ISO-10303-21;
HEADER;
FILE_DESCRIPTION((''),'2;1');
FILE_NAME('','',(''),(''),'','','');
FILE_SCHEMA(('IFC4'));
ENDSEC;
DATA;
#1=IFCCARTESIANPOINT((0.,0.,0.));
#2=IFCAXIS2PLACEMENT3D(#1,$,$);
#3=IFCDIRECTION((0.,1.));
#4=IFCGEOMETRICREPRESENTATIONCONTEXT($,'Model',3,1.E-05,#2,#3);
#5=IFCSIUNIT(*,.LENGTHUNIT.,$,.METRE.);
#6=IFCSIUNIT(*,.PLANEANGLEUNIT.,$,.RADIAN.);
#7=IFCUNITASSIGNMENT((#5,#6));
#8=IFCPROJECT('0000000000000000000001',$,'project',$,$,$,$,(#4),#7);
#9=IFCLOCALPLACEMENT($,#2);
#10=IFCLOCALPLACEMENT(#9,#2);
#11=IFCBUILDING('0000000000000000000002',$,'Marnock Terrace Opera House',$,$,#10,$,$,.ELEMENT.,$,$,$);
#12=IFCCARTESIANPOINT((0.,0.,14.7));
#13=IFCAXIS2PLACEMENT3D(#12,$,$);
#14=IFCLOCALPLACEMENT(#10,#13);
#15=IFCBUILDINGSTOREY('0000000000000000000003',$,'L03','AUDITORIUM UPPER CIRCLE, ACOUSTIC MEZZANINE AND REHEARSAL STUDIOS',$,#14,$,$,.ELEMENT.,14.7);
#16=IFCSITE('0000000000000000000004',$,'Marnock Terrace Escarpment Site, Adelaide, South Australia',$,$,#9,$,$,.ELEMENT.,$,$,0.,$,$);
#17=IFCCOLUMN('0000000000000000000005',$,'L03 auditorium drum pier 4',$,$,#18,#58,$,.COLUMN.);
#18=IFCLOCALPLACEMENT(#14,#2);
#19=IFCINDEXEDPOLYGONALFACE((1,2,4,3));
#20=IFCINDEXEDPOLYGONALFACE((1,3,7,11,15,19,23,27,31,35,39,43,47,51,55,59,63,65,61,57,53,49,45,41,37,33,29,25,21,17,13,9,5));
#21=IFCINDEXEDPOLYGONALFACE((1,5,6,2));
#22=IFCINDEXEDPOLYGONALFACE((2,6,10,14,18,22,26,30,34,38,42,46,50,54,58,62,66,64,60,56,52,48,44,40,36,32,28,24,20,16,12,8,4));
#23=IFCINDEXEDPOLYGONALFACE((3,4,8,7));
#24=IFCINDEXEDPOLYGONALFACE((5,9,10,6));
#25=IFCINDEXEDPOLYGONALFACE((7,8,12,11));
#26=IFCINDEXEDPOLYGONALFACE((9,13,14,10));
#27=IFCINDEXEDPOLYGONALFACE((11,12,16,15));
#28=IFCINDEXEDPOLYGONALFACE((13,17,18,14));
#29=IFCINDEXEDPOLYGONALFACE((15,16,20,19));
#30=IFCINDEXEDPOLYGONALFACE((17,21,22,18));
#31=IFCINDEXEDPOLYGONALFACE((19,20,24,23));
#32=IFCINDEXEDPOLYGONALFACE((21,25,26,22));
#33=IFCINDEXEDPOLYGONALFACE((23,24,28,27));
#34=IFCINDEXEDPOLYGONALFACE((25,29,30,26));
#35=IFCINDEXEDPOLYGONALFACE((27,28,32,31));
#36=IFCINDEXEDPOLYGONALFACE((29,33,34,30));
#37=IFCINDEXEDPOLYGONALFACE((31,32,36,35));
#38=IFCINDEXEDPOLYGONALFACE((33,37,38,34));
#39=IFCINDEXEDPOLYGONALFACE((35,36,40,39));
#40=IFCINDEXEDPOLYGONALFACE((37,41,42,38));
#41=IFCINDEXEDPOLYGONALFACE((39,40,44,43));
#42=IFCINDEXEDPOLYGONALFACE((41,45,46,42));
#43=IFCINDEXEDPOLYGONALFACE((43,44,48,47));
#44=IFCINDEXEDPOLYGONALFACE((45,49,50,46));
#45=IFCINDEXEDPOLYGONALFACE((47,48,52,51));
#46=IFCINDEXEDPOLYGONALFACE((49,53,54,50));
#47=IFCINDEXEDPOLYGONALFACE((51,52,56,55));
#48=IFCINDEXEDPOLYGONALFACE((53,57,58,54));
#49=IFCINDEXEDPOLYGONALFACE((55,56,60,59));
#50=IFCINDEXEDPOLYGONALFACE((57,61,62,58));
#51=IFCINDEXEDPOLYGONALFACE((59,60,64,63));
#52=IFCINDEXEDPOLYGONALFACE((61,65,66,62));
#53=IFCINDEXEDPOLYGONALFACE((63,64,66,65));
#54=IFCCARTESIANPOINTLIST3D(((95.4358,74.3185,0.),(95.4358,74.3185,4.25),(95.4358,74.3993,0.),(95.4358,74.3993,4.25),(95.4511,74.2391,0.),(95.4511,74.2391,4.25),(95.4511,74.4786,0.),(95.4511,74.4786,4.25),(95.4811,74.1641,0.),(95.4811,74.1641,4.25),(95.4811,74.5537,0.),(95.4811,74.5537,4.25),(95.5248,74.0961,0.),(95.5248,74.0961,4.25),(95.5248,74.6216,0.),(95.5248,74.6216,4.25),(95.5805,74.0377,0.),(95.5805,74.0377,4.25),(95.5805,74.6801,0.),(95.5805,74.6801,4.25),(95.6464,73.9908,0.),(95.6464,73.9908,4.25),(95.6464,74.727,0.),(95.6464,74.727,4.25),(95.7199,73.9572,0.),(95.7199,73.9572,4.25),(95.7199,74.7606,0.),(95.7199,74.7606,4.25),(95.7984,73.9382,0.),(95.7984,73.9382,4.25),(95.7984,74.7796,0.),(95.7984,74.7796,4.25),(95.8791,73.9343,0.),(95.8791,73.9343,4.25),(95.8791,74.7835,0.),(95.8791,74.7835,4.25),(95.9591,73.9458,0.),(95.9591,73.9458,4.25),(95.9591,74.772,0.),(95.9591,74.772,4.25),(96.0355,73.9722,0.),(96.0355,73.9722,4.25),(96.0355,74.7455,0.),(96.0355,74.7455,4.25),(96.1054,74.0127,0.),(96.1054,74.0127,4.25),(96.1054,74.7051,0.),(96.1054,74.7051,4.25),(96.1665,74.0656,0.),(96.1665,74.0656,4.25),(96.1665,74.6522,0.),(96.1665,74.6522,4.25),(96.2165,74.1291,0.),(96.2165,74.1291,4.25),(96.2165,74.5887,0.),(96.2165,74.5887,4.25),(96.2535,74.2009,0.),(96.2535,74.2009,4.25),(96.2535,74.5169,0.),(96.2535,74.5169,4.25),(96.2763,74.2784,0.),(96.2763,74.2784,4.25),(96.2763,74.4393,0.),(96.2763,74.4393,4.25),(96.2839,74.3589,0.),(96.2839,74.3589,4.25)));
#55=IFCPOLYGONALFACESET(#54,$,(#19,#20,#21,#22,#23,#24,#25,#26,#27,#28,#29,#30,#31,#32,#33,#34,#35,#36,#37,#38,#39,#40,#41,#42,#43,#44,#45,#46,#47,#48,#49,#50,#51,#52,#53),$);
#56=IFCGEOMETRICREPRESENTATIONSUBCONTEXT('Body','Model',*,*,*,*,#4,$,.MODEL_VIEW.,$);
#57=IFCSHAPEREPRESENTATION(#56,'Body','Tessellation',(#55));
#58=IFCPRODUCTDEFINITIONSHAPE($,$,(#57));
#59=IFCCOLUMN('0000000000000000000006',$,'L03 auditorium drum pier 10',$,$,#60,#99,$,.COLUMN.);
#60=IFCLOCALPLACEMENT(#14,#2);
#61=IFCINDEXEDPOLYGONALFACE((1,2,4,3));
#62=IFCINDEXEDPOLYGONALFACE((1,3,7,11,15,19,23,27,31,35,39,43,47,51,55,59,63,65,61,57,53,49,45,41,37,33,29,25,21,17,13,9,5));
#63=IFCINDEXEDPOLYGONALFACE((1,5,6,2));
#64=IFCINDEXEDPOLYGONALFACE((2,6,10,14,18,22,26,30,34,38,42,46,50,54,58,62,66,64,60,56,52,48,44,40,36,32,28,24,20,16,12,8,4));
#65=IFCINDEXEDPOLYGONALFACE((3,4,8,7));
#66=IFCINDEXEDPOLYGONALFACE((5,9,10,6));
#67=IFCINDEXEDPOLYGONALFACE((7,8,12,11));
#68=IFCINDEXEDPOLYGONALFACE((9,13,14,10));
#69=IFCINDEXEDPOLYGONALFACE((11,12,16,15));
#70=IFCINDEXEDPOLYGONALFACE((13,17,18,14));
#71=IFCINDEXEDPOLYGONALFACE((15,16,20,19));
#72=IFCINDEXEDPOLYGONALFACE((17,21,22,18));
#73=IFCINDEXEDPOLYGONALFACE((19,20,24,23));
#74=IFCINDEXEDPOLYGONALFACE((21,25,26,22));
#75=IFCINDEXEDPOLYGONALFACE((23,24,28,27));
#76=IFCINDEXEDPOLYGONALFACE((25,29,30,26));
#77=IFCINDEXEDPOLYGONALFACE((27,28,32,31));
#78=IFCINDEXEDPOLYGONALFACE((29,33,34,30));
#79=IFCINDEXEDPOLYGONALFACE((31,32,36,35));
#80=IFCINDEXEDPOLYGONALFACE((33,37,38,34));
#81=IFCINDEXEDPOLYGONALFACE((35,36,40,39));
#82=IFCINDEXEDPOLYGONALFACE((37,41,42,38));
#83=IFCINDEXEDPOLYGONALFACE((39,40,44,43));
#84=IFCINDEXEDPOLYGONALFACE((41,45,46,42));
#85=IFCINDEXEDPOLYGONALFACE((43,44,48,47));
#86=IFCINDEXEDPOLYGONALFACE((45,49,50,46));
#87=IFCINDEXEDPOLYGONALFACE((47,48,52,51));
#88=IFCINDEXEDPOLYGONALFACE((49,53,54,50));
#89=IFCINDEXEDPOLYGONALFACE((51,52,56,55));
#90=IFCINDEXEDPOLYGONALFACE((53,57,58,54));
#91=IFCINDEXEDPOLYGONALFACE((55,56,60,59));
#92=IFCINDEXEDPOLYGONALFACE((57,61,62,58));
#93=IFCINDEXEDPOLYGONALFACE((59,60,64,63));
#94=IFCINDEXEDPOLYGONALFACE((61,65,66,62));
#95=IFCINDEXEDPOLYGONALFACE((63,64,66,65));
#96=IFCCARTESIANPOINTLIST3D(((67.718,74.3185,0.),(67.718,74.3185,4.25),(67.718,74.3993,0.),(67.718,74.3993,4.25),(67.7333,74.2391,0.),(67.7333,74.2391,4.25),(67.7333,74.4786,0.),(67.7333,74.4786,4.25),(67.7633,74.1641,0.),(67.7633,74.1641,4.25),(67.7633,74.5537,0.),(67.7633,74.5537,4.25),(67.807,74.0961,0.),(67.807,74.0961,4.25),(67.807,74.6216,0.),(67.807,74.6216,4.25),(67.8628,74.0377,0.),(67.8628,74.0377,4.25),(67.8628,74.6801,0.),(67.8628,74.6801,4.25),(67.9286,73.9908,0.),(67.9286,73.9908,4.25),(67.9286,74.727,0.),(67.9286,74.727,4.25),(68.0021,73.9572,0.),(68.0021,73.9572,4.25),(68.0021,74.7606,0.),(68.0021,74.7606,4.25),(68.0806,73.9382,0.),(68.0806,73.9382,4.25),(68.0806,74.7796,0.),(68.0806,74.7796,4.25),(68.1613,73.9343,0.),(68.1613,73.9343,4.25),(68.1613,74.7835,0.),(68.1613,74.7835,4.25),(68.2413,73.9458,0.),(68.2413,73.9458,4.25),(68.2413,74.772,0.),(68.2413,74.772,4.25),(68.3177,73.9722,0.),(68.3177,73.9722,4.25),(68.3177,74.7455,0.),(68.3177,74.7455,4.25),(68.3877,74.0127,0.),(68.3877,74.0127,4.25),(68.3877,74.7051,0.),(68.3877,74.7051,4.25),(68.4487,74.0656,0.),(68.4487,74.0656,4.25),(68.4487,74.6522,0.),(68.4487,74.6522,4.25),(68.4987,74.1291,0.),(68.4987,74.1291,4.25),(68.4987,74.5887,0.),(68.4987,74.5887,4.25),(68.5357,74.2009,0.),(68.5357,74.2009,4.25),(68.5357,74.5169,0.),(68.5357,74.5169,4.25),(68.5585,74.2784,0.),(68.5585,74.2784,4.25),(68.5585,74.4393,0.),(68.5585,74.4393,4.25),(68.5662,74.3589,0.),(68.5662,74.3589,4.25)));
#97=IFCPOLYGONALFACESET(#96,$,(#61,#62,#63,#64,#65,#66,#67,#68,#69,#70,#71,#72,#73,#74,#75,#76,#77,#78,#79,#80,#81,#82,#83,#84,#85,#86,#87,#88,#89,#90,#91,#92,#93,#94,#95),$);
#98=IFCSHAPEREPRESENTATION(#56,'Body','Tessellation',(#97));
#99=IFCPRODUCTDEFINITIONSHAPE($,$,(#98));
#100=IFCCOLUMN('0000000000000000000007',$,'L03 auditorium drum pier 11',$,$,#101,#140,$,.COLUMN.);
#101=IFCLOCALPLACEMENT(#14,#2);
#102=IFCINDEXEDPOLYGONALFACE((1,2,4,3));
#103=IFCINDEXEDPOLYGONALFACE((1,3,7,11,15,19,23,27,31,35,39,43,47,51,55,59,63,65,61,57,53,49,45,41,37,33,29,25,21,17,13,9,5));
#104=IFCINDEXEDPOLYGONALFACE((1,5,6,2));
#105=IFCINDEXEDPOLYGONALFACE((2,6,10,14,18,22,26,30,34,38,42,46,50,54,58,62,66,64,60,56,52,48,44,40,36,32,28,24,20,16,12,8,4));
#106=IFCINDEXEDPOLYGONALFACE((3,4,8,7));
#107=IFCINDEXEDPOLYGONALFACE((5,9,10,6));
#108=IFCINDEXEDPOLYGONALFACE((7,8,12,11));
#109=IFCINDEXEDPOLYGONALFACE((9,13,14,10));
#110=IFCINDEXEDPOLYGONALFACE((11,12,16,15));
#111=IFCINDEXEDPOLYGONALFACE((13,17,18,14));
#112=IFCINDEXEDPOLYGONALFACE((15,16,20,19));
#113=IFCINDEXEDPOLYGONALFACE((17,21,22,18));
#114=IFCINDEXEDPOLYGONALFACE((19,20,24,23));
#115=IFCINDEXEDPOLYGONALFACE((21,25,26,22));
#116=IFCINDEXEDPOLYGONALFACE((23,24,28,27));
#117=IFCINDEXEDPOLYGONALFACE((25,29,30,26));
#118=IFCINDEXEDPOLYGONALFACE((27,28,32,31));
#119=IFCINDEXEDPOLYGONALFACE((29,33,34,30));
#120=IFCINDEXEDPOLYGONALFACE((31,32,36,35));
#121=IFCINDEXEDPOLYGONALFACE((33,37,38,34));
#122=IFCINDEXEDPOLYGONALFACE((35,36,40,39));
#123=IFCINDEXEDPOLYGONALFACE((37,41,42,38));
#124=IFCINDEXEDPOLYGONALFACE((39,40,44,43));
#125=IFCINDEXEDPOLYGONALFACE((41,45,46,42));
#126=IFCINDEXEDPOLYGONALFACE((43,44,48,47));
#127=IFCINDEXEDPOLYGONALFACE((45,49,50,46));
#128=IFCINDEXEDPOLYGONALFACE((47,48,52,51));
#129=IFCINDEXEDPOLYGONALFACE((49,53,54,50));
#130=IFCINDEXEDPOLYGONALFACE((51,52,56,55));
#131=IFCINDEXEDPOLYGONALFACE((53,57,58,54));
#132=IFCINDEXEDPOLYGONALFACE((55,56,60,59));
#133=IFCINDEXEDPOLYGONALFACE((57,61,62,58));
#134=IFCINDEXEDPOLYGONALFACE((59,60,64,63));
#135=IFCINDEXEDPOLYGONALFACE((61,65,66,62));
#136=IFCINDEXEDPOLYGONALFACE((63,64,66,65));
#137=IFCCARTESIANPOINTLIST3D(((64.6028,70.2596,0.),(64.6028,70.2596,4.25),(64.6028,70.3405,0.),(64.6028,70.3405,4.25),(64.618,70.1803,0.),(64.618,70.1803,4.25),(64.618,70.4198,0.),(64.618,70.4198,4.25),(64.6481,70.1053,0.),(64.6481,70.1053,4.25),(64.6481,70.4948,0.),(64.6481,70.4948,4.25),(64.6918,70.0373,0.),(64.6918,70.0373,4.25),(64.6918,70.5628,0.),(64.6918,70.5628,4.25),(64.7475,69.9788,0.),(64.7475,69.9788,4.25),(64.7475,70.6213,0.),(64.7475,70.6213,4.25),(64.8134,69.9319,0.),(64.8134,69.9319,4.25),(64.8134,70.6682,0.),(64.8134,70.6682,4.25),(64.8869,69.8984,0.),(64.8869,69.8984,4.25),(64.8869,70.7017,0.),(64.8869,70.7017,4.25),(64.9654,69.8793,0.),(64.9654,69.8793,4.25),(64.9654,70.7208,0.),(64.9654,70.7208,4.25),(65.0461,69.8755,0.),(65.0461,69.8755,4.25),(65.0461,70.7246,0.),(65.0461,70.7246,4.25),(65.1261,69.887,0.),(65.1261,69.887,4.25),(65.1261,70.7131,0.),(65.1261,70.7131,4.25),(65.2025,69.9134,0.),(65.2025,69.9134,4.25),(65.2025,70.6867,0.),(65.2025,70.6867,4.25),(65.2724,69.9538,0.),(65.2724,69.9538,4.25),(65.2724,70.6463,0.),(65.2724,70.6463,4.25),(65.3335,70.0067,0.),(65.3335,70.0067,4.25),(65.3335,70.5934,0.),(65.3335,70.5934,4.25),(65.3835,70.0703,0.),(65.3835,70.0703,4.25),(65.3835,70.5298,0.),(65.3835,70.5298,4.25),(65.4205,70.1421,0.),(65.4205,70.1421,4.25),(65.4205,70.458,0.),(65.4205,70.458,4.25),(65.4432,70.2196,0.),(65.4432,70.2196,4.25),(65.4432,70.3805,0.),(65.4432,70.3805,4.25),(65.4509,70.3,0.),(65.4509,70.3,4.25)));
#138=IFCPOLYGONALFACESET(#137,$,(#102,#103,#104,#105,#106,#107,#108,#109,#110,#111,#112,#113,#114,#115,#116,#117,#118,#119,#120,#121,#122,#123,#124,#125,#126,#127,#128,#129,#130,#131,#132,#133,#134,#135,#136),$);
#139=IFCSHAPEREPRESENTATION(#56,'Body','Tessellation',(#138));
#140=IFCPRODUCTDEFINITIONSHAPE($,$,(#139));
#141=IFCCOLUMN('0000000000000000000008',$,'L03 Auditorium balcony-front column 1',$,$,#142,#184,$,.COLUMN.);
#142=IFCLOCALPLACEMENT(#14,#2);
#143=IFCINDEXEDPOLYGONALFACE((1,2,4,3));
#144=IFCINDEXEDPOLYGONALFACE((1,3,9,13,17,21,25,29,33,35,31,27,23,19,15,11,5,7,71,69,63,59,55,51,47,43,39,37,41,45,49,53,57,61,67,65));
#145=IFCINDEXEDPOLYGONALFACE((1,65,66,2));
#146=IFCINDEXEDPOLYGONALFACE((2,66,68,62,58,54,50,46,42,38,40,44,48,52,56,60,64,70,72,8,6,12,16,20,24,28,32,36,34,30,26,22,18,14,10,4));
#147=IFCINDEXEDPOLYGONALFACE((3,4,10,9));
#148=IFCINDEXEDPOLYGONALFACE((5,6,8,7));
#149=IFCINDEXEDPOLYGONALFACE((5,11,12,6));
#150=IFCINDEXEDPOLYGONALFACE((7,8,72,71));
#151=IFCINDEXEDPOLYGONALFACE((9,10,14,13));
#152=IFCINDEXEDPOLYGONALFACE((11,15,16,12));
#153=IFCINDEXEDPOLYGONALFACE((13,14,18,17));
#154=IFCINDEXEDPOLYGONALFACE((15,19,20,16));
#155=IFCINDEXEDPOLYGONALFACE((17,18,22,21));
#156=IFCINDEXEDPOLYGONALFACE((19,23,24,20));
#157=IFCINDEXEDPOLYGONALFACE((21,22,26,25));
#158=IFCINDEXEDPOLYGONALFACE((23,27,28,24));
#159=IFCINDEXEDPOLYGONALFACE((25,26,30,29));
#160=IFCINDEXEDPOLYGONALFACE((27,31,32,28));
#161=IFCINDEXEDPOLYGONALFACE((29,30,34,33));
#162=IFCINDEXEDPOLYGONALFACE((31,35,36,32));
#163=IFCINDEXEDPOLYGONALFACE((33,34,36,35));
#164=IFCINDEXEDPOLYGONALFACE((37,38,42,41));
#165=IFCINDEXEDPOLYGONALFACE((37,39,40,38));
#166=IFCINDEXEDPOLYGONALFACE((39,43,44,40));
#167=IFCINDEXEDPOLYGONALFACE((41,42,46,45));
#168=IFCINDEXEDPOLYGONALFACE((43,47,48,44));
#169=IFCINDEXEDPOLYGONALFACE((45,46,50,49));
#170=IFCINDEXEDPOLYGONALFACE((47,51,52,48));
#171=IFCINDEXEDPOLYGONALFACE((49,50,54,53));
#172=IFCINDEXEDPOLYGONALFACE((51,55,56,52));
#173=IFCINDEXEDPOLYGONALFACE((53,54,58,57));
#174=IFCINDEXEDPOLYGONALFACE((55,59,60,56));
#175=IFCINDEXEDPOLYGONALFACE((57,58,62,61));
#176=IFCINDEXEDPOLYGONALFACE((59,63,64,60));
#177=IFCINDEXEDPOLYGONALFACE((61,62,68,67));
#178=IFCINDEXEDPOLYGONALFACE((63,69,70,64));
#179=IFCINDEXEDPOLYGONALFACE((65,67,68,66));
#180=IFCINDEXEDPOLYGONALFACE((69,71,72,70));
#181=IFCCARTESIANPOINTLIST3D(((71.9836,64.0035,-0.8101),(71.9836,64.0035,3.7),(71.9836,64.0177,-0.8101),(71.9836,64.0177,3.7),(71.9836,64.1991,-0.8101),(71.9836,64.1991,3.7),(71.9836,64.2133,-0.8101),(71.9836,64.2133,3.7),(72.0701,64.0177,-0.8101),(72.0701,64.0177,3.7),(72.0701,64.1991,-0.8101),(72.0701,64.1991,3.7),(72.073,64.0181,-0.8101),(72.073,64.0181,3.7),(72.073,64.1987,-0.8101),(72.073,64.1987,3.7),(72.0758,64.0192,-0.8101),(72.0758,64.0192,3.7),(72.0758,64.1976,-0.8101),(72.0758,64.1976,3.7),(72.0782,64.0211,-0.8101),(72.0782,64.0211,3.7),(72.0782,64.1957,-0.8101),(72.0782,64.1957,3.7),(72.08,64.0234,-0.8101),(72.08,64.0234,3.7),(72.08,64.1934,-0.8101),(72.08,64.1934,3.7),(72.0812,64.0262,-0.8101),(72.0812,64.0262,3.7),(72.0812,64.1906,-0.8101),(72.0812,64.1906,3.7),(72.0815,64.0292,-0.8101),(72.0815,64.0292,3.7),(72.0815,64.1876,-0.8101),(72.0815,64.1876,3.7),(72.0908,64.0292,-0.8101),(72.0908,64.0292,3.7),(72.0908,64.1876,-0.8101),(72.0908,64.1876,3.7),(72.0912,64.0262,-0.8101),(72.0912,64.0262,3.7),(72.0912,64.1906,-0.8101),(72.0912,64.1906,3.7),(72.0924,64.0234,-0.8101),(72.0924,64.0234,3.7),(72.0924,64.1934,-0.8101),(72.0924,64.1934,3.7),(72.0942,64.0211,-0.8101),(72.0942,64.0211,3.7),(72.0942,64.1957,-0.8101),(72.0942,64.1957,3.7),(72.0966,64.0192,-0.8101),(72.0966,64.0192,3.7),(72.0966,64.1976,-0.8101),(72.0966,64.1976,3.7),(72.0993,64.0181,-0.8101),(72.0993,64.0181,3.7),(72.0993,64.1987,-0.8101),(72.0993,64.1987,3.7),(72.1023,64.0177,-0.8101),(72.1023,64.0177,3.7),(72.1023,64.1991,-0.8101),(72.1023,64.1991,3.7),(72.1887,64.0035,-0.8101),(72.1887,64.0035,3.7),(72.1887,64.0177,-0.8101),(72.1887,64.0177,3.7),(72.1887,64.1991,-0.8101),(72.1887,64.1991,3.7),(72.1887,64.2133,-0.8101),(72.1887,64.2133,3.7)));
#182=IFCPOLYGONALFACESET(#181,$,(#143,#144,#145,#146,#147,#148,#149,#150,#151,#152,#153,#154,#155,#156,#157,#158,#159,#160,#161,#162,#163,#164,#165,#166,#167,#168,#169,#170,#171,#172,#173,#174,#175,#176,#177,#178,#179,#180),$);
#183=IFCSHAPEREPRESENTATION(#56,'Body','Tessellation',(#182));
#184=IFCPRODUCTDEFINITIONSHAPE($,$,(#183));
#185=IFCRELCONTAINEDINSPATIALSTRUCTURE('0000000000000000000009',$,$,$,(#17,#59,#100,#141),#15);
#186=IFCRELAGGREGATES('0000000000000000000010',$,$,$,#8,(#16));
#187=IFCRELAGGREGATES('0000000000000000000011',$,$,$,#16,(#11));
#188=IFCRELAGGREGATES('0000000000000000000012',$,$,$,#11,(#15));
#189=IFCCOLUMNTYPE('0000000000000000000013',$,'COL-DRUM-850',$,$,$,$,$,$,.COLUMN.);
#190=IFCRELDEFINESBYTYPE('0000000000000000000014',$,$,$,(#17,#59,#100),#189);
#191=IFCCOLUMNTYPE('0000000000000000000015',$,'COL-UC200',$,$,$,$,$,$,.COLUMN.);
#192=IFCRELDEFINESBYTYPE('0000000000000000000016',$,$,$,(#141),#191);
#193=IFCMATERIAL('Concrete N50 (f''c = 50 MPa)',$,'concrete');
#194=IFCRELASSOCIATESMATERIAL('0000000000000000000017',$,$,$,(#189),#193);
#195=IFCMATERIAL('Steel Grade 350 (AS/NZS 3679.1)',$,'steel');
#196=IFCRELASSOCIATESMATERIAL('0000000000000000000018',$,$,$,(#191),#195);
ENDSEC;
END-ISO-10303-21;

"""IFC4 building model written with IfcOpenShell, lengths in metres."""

from ifc_helpers import new_model, si_unit, direction, frame, origin, origin_2d, place, context, subcontext, project, spatial, circle, i_section, extrude, material, material_profile, profile_set, type_object, element, save


model = new_model("IFC4")

# Units and contexts
model_context = context("Model", 3, precision=1e-05, world=origin(), true_north=direction((0.0, 1.0)))
body_context = subcontext(model_context, "Body", "Model", "MODEL_VIEW")
ifc_project = project(units=[si_unit("LENGTHUNIT", "METRE"), si_unit("PLANEANGLEUNIT", "RADIAN")], contexts=[model_context])

# Site, building, storey
site_placement = place(None, origin())
site = spatial("IfcSite", under=ifc_project, at=site_placement, Name="Marnock Terrace Escarpment Site, Adelaide, South Australia", CompositionType="ELEMENT", RefElevation=0.0)
building_placement = place(site_placement, origin())
building = spatial("IfcBuilding", under=site, at=building_placement, Name="Marnock Terrace Opera House", CompositionType="ELEMENT")
storey_placement = place(building_placement, frame((0.0, 0.0, 14.7)))
storey = spatial("IfcBuildingStorey", under=building, at=storey_placement, Name="L03", Description="AUDITORIUM UPPER CIRCLE, ACOUSTIC MEZZANINE AND REHEARSAL STUDIOS", CompositionType="ELEMENT", Elevation=14.7)

# Columns
ifc_material_1 = material(Name="Concrete N50 (f'c = 50 MPa)", Category="concrete")
ifc_material_profile_1 = material_profile(ifc_material_1, circle(Radius=0.425, at=origin_2d()))
ifc_profile_set_1 = profile_set([ifc_material_profile_1], Name="Concrete N50 (f'c = 50 MPa)")
column_type_1 = type_object("IfcColumnType", Name="COL-DRUM-850", PredefinedType="COLUMN", material=ifc_profile_set_1)
for number, where, z_axis, x_axis, name in (
    (1, (95.8589, 74.3589, 0.0), (0.0, 0.0, 1.0), (1.0, 0.0, 0.0), "L03 auditorium drum pier 4"),
    (2, (68.1411, 74.3589, 0.0), (0.0, 0.0, 1.0), (1.0, 0.0, 0.0), "L03 auditorium drum pier 10"),
    (3, (65.0259, 70.3, 0.0), (0.0, 0.0, 1.0), (1.0, 0.0, 0.0), "L03 auditorium drum pier 11"),
):
    element("IfcColumn", number, at=place(storey_placement, frame(where, z_axis=z_axis, x_axis=x_axis)), inside=storey, type_object=column_type_1, Name=name, PredefinedType="COLUMN", context=body_context, shape_type="SweptSolid", body=[
        extrude(circle(Radius=0.425, at=origin_2d()), origin(), (0.0, 0.0, 1.0), 4.25),
    ])
ifc_material_2 = material(Name="Steel Grade 350 (AS/NZS 3679.1)", Category="steel")
ifc_material_profile_2 = material_profile(ifc_material_2, i_section(OverallWidth=0.2051, OverallDepth=0.2097, WebThickness=0.0093, FlangeThickness=0.0142, FilletRadius=0.0115, at=origin_2d()))
ifc_profile_set_2 = profile_set([ifc_material_profile_2], Name="Steel Grade 350 (AS/NZS 3679.1)")
column_type_2 = type_object("IfcColumnType", Name="COL-UC200", PredefinedType="COLUMN", material=ifc_profile_set_2)
for number, where, z_axis, x_axis, name in (
    (4, (72.0862, 64.1084, -0.8101), (0.0, 0.0, 1.0), (1.0, 0.0, 0.0), "L03 Auditorium balcony-front column 1"),
):
    element("IfcColumn", number, at=place(storey_placement, frame(where, z_axis=z_axis, x_axis=x_axis)), inside=storey, type_object=column_type_2, Name=name, PredefinedType="COLUMN", context=body_context, shape_type="SweptSolid", body=[
        extrude(i_section(OverallWidth=0.2051, OverallDepth=0.2097, WebThickness=0.0093, FlangeThickness=0.0142, FilletRadius=0.0115, at=origin_2d()), origin(), (0.0, 0.0, 1.0), 4.51),
    ])

save(model, "model.ifc")
